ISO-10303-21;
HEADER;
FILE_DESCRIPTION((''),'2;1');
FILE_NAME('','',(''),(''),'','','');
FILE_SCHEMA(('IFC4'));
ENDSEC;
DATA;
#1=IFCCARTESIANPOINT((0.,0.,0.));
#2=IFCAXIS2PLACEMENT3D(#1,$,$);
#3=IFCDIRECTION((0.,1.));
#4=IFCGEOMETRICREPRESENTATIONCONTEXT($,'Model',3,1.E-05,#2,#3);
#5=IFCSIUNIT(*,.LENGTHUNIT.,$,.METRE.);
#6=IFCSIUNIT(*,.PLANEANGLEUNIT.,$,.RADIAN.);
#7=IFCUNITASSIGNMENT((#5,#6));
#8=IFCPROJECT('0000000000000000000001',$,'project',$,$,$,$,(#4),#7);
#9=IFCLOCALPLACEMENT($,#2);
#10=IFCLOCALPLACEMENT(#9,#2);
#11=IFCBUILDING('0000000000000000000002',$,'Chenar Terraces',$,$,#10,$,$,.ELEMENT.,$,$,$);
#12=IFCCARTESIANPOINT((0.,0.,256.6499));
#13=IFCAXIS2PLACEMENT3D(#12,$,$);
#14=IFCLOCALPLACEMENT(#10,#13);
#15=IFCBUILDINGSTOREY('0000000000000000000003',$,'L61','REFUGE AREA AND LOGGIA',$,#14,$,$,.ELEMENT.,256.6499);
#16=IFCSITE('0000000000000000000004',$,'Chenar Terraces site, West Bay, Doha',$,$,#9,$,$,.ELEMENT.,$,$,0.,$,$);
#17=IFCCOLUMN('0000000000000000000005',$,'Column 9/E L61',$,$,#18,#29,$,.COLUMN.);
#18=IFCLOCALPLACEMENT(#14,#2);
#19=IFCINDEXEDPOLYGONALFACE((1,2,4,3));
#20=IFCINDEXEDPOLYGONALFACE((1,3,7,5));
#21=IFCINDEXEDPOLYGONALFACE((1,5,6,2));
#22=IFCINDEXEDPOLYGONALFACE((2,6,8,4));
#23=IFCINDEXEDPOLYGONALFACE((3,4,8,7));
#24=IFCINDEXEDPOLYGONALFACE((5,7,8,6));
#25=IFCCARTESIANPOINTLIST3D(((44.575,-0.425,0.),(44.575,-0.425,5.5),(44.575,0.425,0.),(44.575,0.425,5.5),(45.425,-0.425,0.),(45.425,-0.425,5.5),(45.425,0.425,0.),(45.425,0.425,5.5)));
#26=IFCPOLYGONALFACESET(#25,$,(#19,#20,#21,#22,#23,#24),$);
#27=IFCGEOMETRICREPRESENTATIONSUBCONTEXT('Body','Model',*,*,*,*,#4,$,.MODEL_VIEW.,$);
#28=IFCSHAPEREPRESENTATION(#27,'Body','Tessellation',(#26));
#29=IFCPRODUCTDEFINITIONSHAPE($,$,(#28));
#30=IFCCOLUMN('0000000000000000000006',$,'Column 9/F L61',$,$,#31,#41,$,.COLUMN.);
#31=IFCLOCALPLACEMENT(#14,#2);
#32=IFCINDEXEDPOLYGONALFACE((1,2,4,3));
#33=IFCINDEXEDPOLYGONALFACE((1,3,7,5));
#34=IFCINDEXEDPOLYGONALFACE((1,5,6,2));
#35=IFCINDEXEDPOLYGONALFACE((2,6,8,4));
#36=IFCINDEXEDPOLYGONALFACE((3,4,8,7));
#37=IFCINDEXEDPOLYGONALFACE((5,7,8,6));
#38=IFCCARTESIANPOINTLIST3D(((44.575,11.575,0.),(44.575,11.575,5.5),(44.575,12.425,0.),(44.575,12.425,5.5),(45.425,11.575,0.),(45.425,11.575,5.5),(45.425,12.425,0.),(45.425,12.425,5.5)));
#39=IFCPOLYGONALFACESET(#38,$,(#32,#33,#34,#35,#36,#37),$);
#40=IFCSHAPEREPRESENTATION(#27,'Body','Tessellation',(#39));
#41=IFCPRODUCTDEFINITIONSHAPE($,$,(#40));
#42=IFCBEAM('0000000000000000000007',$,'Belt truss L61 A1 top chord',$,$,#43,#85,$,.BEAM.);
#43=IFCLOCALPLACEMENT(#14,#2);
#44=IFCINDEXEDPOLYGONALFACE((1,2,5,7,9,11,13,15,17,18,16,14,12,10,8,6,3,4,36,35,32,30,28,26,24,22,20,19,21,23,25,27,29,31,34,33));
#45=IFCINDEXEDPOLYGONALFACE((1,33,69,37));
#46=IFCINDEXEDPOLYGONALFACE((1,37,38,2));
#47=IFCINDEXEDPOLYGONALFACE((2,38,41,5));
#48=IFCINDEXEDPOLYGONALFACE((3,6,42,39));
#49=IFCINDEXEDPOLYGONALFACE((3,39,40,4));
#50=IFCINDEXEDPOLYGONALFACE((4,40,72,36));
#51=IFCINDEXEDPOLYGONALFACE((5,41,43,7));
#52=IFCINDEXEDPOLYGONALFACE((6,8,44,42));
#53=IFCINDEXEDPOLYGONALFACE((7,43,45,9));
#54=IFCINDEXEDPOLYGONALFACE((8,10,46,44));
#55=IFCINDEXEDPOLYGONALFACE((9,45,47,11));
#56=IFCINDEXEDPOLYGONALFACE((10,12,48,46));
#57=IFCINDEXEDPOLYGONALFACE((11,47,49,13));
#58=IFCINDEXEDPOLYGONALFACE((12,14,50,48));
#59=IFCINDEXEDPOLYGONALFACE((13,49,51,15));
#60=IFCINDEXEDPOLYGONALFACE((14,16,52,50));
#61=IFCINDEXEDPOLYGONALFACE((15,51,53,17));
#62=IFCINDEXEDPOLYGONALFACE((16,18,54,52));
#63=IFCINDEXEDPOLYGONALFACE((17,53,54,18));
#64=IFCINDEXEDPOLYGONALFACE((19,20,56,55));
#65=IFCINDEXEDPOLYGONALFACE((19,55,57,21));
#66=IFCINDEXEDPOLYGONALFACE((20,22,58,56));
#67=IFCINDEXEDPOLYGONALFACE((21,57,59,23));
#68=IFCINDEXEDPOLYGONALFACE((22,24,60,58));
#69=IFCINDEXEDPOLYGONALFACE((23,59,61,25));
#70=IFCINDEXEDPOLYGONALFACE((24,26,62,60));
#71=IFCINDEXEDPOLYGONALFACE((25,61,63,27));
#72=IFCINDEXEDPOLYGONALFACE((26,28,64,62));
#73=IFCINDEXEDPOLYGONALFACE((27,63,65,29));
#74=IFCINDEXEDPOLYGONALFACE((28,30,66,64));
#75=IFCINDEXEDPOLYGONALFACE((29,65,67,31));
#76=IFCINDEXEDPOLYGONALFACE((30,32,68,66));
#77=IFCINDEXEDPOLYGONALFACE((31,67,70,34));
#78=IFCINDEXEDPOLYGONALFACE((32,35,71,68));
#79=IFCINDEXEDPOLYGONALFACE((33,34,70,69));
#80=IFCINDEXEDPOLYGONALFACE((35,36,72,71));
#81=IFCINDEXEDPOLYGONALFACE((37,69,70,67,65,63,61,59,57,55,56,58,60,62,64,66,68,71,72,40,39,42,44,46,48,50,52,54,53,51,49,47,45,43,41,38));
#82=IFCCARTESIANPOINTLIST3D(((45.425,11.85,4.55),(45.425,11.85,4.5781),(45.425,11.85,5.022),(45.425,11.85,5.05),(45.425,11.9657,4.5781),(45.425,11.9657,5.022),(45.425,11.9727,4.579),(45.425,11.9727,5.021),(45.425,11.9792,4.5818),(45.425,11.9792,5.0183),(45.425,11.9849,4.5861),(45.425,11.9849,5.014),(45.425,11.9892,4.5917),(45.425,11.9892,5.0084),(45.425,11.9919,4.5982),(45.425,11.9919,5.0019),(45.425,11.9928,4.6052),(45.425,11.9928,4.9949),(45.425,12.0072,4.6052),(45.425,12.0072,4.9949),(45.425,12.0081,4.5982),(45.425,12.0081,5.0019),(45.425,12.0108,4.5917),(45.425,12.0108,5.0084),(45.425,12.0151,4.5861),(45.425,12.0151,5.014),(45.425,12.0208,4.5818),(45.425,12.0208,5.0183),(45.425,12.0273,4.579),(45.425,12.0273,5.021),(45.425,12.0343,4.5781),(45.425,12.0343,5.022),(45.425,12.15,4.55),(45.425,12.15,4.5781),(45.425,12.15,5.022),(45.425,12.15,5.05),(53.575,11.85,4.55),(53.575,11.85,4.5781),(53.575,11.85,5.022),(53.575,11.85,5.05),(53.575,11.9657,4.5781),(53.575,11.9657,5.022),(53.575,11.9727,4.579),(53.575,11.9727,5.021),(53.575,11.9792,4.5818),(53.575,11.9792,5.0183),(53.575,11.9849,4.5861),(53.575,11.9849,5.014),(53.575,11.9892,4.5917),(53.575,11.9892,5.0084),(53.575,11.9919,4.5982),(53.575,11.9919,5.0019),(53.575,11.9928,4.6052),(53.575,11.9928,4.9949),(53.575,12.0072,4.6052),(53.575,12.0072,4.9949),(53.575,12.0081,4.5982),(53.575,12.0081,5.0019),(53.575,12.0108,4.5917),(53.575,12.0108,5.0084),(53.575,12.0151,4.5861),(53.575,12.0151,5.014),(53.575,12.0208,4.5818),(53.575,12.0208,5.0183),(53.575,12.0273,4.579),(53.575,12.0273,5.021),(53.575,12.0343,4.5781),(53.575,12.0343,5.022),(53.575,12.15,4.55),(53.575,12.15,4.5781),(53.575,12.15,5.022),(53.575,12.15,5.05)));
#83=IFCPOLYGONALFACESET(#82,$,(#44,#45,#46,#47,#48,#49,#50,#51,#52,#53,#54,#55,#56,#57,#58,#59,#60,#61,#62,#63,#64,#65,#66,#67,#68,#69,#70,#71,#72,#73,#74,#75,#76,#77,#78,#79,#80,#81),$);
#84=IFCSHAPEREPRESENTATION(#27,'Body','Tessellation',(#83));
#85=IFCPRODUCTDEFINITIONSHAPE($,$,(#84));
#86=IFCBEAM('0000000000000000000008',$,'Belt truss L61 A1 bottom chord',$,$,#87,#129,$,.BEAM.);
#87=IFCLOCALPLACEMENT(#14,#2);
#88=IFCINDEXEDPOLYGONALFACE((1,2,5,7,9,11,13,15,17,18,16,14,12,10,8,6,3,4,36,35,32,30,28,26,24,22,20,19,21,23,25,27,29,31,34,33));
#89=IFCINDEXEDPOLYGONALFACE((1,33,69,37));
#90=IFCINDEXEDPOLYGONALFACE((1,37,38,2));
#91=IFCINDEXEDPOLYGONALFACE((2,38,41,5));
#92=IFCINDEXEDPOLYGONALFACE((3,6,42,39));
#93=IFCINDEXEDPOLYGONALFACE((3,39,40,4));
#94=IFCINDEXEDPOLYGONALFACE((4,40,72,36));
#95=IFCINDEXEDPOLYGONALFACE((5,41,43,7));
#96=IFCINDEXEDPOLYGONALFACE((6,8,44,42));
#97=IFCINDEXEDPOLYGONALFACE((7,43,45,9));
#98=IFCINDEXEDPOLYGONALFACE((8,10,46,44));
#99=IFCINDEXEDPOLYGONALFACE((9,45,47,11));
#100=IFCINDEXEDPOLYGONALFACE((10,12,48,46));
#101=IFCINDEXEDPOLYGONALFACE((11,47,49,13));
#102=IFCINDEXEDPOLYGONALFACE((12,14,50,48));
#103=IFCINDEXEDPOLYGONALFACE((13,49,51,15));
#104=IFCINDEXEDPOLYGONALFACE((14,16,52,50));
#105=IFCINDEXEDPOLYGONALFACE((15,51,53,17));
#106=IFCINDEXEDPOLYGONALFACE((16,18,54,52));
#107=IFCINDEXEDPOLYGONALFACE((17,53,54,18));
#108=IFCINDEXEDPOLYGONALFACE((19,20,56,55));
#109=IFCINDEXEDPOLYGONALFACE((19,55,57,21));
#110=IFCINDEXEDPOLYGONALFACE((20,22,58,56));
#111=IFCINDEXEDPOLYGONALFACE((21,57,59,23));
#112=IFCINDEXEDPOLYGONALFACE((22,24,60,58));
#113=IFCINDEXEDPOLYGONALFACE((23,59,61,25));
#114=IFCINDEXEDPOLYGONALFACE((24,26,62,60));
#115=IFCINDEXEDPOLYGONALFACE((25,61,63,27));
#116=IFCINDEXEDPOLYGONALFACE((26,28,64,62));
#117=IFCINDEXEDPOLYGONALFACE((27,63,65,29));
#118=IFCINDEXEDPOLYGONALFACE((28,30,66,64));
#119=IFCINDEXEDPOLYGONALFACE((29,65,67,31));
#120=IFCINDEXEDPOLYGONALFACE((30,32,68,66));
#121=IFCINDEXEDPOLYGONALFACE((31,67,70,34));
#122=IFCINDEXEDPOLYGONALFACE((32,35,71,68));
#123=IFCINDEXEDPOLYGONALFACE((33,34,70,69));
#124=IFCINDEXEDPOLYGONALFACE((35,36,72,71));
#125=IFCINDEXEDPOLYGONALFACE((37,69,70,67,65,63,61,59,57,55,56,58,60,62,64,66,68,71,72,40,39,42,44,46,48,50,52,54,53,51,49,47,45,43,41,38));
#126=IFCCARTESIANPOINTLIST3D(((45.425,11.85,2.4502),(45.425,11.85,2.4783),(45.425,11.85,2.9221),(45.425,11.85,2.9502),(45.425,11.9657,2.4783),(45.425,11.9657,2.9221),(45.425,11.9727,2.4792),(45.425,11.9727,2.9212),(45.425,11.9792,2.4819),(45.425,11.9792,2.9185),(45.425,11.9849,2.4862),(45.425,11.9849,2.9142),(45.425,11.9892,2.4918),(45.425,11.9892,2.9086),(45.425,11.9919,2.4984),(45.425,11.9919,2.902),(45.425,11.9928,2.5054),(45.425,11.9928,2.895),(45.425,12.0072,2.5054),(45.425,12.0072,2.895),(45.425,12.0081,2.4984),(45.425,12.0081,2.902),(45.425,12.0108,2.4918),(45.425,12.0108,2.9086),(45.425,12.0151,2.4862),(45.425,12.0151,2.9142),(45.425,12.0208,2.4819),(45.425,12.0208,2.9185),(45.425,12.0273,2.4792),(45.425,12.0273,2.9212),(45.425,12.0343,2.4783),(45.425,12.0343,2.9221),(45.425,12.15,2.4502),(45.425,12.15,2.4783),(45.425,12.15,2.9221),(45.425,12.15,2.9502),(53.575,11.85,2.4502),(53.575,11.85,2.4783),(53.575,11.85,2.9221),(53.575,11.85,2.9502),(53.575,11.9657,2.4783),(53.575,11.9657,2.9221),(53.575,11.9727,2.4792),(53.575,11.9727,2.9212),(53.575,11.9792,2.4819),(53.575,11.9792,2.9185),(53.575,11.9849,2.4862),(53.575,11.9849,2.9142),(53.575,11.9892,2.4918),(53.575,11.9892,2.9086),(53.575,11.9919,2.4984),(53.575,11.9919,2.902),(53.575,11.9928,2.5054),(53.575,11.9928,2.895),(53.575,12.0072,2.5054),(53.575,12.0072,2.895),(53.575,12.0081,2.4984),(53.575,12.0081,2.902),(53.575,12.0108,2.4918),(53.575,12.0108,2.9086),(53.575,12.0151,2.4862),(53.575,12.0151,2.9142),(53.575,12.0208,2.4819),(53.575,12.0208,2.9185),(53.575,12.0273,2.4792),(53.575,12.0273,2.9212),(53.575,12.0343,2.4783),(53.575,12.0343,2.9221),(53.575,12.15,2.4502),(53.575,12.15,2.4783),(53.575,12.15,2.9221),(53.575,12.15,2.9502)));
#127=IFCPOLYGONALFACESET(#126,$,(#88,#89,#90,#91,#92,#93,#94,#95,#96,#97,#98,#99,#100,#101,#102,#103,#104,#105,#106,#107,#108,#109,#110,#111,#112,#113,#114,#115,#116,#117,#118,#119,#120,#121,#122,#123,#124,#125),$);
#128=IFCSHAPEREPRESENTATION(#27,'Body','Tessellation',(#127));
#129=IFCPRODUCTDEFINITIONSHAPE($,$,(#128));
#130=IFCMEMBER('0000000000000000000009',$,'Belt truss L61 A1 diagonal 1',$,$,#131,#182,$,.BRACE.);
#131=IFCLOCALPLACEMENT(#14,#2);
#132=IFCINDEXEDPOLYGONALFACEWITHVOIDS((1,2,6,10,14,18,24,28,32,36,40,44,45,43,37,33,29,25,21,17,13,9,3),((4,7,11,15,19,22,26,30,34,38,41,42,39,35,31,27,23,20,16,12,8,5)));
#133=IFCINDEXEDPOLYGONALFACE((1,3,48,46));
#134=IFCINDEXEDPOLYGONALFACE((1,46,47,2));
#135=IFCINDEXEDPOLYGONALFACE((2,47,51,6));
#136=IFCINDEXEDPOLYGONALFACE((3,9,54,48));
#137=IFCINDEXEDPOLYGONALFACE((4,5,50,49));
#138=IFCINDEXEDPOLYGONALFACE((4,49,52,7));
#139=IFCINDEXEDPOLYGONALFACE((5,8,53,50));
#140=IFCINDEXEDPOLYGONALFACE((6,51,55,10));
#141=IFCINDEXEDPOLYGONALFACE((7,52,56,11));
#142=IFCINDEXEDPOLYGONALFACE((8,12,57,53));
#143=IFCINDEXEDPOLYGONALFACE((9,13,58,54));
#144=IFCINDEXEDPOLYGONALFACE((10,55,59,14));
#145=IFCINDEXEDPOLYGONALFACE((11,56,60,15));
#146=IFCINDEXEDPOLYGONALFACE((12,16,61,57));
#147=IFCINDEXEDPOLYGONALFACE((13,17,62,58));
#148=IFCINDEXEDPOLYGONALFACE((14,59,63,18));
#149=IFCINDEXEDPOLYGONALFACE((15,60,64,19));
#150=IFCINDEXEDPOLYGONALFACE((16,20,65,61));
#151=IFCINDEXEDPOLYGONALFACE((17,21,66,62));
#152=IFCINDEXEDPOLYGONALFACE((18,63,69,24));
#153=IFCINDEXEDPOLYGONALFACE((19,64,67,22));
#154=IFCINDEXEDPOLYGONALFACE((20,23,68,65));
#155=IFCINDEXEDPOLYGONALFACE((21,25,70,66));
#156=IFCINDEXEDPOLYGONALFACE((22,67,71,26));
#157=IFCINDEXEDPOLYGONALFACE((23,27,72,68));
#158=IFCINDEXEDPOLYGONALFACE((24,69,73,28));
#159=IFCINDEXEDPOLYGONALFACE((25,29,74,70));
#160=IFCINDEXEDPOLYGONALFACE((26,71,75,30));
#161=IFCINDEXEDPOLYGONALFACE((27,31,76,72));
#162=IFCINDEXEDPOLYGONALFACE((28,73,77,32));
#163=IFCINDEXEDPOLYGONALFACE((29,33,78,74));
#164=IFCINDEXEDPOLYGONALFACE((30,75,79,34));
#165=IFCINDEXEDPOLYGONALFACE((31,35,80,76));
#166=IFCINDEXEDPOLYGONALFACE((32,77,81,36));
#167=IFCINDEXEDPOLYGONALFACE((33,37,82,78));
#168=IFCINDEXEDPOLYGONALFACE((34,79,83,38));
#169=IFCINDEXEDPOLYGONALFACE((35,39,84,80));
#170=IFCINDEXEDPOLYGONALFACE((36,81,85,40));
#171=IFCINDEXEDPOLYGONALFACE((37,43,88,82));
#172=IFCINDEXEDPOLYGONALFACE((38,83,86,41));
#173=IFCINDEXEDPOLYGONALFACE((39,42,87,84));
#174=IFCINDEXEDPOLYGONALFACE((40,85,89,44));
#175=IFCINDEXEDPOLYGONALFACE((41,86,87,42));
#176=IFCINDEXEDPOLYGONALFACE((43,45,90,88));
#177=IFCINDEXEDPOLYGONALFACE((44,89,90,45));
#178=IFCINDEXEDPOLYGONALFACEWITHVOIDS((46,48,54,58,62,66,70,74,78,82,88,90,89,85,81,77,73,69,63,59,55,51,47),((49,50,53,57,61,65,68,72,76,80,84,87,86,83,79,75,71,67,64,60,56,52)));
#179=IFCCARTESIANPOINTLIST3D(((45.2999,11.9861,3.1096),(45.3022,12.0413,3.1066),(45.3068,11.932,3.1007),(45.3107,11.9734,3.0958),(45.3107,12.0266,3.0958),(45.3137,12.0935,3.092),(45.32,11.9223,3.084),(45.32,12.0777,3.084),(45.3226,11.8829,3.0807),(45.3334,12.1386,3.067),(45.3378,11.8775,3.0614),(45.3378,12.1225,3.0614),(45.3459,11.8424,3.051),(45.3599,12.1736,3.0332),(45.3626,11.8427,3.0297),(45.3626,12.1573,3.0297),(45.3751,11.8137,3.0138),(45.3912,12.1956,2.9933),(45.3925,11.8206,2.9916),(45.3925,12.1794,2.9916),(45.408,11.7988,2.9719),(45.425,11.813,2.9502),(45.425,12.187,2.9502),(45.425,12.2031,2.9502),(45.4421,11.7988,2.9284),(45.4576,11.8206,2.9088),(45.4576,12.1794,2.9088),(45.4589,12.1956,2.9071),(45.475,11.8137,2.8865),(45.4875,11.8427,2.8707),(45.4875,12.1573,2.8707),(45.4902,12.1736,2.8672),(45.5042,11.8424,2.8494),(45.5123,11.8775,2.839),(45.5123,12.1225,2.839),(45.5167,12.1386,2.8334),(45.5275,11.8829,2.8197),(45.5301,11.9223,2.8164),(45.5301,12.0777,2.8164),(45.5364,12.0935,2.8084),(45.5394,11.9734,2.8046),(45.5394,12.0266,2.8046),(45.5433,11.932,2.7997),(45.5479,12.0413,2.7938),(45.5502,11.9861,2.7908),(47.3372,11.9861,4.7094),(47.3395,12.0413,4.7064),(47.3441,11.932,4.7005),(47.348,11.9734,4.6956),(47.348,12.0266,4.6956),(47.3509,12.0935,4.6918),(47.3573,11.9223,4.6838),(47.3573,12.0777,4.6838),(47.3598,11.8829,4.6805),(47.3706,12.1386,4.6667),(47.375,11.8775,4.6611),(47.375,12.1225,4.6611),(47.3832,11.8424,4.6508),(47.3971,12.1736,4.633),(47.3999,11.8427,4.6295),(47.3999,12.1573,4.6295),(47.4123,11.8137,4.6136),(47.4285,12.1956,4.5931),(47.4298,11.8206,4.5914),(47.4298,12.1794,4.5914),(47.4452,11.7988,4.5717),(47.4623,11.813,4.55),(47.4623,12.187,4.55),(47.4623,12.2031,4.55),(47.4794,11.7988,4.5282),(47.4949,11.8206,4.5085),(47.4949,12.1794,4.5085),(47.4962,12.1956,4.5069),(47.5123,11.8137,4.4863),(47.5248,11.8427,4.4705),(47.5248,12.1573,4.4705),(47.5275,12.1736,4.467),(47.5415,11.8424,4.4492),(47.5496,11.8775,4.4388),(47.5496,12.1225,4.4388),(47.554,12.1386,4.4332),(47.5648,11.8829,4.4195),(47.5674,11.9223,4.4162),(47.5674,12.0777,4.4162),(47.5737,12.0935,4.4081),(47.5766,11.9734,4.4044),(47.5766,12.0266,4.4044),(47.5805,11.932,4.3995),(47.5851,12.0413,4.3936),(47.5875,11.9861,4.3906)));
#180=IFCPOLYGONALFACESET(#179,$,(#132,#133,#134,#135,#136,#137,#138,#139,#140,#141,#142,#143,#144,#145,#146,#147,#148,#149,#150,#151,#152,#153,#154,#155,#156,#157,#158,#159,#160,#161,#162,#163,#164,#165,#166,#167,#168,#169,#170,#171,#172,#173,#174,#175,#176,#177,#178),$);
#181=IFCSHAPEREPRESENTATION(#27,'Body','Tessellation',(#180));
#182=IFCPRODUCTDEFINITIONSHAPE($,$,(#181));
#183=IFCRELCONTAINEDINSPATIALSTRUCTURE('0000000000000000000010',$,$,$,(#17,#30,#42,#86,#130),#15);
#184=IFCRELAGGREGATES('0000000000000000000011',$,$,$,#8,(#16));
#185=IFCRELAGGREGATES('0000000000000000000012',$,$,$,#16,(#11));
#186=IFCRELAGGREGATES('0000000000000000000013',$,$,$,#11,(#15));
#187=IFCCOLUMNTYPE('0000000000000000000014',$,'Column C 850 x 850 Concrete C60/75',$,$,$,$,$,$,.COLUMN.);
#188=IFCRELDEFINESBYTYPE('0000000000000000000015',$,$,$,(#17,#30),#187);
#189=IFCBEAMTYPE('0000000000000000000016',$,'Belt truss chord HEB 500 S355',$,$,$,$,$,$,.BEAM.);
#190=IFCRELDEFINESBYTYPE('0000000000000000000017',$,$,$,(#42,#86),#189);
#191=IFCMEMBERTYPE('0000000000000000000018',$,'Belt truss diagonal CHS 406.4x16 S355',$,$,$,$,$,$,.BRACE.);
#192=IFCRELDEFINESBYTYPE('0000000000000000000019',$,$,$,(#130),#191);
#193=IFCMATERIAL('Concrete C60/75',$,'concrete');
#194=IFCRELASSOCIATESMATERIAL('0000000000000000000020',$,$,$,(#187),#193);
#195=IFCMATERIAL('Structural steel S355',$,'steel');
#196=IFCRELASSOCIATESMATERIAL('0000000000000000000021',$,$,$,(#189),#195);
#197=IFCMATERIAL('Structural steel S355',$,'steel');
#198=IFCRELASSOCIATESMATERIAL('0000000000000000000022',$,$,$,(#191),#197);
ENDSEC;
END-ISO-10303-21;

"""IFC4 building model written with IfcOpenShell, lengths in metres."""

from ifc_helpers import new_model, si_unit, direction, frame, origin, origin_2d, place, context, subcontext, project, spatial, rectangle, hollow_circle, i_section, extrude, material, material_profile, profile_set, type_object, element, save


model = new_model("IFC4")

# Units and contexts
model_context = context("Model", 3, precision=1e-05, world=origin(), true_north=direction((0.0, 1.0)))
body_context = subcontext(model_context, "Body", "Model", "MODEL_VIEW")
ifc_project = project(units=[si_unit("LENGTHUNIT", "METRE"), si_unit("PLANEANGLEUNIT", "RADIAN")], contexts=[model_context])

# Site, building, storey
site_placement = place(None, origin())
site = spatial("IfcSite", under=ifc_project, at=site_placement, Name="Chenar Terraces site, West Bay, Doha", CompositionType="ELEMENT", RefElevation=0.0)
building_placement = place(site_placement, origin())
building = spatial("IfcBuilding", under=site, at=building_placement, Name="Chenar Terraces", CompositionType="ELEMENT")
storey_placement = place(building_placement, frame((0.0, 0.0, 256.6499)))
storey = spatial("IfcBuildingStorey", under=building, at=storey_placement, Name="L61", Description="REFUGE AREA AND LOGGIA", CompositionType="ELEMENT", Elevation=256.6499)

# Columns
ifc_material_1 = material(Name="Concrete C60/75", Category="concrete")
ifc_material_profile_1 = material_profile(ifc_material_1, rectangle(XDim=0.8501, YDim=0.8501, at=origin_2d()), Name="C 850 x 850")
ifc_profile_set_1 = profile_set([ifc_material_profile_1], Name="Concrete C60/75")
column_type = type_object("IfcColumnType", Name="Column C 850 x 850 Concrete C60/75", PredefinedType="COLUMN", material=ifc_profile_set_1)
for number, where, z_axis, x_axis, name in (
    (1, (45.0, 0.0, 0.0), (0.0, 0.0, 1.0), (1.0, 0.0, 0.0), "Column 9/E L61"),
    (2, (45.0, 12.0, 0.0), (0.0, 0.0, 1.0), (1.0, 0.0, 0.0), "Column 9/F L61"),
):
    element("IfcColumn", number, at=place(storey_placement, frame(where, z_axis=z_axis, x_axis=x_axis)), inside=storey, type_object=column_type, Name=name, PredefinedType="COLUMN", context=body_context, shape_type="SweptSolid", body=[
        extrude(rectangle(XDim=0.8501, YDim=0.8501, at=origin_2d()), origin(), (0.0, 0.0, 1.0), 5.5),
    ])

# Beams
ifc_material_2 = material(Name="Structural steel S355", Category="steel")
ifc_material_profile_2 = material_profile(ifc_material_2, i_section(OverallWidth=0.3, OverallDepth=0.5, WebThickness=0.0144, FlangeThickness=0.0281, FilletRadius=0.0271, at=origin_2d()), Name="HEB 500")
ifc_profile_set_2 = profile_set([ifc_material_profile_2], Name="Structural steel S355")
beam_type = type_object("IfcBeamType", Name="Belt truss chord HEB 500 S355", PredefinedType="BEAM", material=ifc_profile_set_2)
for number, where, z_axis, x_axis, name in (
    (3, (45.425, 12.0, 4.8), (1.0, 0.0, 0.0), (0.0, 1.0, 0.0), "Belt truss L61 A1 top chord"),
    (4, (45.425, 12.0, 2.7002), (1.0, 0.0, 0.0), (0.0, 1.0, 0.0), "Belt truss L61 A1 bottom chord"),
):
    element("IfcBeam", number, at=place(storey_placement, frame(where, z_axis=z_axis, x_axis=x_axis)), inside=storey, type_object=beam_type, Name=name, PredefinedType="BEAM", context=body_context, shape_type="SweptSolid", body=[
        extrude(i_section(OverallWidth=0.3, OverallDepth=0.5, WebThickness=0.0144, FlangeThickness=0.0281, FilletRadius=0.0271, at=origin_2d()), origin(), (0.0, 0.0, 1.0), 8.1499),
    ])

# Member
ifc_material_3 = material(Name="Structural steel S355", Category="steel")
ifc_material_profile_3 = material_profile(ifc_material_3, hollow_circle(Radius=0.2031, WallThickness=0.0161, at=origin_2d()), Name="CHS 406.4x16")
ifc_profile_set_3 = profile_set([ifc_material_profile_3], Name="Structural steel S355")
member_type = type_object("IfcMemberType", Name="Belt truss diagonal CHS 406.4x16 S355", PredefinedType="BRACE", material=ifc_profile_set_3)
member_1_placement = place(storey_placement, frame((45.425, 12.0, 2.9502), z_axis=(0.786492, 0.0, 0.617601), x_axis=(0.0, 1.0, 0.0)))
element("IfcMember", 5, at=member_1_placement, inside=storey, type_object=member_type, Name="Belt truss L61 A1 diagonal 1", PredefinedType="BRACE", context=body_context, shape_type="SweptSolid", body=[
    extrude(hollow_circle(Radius=0.2031, WallThickness=0.0161, at=origin_2d()), origin(), (0.0, 0.0, 1.0), 2.5903),
])

save(model, "model.ifc")
